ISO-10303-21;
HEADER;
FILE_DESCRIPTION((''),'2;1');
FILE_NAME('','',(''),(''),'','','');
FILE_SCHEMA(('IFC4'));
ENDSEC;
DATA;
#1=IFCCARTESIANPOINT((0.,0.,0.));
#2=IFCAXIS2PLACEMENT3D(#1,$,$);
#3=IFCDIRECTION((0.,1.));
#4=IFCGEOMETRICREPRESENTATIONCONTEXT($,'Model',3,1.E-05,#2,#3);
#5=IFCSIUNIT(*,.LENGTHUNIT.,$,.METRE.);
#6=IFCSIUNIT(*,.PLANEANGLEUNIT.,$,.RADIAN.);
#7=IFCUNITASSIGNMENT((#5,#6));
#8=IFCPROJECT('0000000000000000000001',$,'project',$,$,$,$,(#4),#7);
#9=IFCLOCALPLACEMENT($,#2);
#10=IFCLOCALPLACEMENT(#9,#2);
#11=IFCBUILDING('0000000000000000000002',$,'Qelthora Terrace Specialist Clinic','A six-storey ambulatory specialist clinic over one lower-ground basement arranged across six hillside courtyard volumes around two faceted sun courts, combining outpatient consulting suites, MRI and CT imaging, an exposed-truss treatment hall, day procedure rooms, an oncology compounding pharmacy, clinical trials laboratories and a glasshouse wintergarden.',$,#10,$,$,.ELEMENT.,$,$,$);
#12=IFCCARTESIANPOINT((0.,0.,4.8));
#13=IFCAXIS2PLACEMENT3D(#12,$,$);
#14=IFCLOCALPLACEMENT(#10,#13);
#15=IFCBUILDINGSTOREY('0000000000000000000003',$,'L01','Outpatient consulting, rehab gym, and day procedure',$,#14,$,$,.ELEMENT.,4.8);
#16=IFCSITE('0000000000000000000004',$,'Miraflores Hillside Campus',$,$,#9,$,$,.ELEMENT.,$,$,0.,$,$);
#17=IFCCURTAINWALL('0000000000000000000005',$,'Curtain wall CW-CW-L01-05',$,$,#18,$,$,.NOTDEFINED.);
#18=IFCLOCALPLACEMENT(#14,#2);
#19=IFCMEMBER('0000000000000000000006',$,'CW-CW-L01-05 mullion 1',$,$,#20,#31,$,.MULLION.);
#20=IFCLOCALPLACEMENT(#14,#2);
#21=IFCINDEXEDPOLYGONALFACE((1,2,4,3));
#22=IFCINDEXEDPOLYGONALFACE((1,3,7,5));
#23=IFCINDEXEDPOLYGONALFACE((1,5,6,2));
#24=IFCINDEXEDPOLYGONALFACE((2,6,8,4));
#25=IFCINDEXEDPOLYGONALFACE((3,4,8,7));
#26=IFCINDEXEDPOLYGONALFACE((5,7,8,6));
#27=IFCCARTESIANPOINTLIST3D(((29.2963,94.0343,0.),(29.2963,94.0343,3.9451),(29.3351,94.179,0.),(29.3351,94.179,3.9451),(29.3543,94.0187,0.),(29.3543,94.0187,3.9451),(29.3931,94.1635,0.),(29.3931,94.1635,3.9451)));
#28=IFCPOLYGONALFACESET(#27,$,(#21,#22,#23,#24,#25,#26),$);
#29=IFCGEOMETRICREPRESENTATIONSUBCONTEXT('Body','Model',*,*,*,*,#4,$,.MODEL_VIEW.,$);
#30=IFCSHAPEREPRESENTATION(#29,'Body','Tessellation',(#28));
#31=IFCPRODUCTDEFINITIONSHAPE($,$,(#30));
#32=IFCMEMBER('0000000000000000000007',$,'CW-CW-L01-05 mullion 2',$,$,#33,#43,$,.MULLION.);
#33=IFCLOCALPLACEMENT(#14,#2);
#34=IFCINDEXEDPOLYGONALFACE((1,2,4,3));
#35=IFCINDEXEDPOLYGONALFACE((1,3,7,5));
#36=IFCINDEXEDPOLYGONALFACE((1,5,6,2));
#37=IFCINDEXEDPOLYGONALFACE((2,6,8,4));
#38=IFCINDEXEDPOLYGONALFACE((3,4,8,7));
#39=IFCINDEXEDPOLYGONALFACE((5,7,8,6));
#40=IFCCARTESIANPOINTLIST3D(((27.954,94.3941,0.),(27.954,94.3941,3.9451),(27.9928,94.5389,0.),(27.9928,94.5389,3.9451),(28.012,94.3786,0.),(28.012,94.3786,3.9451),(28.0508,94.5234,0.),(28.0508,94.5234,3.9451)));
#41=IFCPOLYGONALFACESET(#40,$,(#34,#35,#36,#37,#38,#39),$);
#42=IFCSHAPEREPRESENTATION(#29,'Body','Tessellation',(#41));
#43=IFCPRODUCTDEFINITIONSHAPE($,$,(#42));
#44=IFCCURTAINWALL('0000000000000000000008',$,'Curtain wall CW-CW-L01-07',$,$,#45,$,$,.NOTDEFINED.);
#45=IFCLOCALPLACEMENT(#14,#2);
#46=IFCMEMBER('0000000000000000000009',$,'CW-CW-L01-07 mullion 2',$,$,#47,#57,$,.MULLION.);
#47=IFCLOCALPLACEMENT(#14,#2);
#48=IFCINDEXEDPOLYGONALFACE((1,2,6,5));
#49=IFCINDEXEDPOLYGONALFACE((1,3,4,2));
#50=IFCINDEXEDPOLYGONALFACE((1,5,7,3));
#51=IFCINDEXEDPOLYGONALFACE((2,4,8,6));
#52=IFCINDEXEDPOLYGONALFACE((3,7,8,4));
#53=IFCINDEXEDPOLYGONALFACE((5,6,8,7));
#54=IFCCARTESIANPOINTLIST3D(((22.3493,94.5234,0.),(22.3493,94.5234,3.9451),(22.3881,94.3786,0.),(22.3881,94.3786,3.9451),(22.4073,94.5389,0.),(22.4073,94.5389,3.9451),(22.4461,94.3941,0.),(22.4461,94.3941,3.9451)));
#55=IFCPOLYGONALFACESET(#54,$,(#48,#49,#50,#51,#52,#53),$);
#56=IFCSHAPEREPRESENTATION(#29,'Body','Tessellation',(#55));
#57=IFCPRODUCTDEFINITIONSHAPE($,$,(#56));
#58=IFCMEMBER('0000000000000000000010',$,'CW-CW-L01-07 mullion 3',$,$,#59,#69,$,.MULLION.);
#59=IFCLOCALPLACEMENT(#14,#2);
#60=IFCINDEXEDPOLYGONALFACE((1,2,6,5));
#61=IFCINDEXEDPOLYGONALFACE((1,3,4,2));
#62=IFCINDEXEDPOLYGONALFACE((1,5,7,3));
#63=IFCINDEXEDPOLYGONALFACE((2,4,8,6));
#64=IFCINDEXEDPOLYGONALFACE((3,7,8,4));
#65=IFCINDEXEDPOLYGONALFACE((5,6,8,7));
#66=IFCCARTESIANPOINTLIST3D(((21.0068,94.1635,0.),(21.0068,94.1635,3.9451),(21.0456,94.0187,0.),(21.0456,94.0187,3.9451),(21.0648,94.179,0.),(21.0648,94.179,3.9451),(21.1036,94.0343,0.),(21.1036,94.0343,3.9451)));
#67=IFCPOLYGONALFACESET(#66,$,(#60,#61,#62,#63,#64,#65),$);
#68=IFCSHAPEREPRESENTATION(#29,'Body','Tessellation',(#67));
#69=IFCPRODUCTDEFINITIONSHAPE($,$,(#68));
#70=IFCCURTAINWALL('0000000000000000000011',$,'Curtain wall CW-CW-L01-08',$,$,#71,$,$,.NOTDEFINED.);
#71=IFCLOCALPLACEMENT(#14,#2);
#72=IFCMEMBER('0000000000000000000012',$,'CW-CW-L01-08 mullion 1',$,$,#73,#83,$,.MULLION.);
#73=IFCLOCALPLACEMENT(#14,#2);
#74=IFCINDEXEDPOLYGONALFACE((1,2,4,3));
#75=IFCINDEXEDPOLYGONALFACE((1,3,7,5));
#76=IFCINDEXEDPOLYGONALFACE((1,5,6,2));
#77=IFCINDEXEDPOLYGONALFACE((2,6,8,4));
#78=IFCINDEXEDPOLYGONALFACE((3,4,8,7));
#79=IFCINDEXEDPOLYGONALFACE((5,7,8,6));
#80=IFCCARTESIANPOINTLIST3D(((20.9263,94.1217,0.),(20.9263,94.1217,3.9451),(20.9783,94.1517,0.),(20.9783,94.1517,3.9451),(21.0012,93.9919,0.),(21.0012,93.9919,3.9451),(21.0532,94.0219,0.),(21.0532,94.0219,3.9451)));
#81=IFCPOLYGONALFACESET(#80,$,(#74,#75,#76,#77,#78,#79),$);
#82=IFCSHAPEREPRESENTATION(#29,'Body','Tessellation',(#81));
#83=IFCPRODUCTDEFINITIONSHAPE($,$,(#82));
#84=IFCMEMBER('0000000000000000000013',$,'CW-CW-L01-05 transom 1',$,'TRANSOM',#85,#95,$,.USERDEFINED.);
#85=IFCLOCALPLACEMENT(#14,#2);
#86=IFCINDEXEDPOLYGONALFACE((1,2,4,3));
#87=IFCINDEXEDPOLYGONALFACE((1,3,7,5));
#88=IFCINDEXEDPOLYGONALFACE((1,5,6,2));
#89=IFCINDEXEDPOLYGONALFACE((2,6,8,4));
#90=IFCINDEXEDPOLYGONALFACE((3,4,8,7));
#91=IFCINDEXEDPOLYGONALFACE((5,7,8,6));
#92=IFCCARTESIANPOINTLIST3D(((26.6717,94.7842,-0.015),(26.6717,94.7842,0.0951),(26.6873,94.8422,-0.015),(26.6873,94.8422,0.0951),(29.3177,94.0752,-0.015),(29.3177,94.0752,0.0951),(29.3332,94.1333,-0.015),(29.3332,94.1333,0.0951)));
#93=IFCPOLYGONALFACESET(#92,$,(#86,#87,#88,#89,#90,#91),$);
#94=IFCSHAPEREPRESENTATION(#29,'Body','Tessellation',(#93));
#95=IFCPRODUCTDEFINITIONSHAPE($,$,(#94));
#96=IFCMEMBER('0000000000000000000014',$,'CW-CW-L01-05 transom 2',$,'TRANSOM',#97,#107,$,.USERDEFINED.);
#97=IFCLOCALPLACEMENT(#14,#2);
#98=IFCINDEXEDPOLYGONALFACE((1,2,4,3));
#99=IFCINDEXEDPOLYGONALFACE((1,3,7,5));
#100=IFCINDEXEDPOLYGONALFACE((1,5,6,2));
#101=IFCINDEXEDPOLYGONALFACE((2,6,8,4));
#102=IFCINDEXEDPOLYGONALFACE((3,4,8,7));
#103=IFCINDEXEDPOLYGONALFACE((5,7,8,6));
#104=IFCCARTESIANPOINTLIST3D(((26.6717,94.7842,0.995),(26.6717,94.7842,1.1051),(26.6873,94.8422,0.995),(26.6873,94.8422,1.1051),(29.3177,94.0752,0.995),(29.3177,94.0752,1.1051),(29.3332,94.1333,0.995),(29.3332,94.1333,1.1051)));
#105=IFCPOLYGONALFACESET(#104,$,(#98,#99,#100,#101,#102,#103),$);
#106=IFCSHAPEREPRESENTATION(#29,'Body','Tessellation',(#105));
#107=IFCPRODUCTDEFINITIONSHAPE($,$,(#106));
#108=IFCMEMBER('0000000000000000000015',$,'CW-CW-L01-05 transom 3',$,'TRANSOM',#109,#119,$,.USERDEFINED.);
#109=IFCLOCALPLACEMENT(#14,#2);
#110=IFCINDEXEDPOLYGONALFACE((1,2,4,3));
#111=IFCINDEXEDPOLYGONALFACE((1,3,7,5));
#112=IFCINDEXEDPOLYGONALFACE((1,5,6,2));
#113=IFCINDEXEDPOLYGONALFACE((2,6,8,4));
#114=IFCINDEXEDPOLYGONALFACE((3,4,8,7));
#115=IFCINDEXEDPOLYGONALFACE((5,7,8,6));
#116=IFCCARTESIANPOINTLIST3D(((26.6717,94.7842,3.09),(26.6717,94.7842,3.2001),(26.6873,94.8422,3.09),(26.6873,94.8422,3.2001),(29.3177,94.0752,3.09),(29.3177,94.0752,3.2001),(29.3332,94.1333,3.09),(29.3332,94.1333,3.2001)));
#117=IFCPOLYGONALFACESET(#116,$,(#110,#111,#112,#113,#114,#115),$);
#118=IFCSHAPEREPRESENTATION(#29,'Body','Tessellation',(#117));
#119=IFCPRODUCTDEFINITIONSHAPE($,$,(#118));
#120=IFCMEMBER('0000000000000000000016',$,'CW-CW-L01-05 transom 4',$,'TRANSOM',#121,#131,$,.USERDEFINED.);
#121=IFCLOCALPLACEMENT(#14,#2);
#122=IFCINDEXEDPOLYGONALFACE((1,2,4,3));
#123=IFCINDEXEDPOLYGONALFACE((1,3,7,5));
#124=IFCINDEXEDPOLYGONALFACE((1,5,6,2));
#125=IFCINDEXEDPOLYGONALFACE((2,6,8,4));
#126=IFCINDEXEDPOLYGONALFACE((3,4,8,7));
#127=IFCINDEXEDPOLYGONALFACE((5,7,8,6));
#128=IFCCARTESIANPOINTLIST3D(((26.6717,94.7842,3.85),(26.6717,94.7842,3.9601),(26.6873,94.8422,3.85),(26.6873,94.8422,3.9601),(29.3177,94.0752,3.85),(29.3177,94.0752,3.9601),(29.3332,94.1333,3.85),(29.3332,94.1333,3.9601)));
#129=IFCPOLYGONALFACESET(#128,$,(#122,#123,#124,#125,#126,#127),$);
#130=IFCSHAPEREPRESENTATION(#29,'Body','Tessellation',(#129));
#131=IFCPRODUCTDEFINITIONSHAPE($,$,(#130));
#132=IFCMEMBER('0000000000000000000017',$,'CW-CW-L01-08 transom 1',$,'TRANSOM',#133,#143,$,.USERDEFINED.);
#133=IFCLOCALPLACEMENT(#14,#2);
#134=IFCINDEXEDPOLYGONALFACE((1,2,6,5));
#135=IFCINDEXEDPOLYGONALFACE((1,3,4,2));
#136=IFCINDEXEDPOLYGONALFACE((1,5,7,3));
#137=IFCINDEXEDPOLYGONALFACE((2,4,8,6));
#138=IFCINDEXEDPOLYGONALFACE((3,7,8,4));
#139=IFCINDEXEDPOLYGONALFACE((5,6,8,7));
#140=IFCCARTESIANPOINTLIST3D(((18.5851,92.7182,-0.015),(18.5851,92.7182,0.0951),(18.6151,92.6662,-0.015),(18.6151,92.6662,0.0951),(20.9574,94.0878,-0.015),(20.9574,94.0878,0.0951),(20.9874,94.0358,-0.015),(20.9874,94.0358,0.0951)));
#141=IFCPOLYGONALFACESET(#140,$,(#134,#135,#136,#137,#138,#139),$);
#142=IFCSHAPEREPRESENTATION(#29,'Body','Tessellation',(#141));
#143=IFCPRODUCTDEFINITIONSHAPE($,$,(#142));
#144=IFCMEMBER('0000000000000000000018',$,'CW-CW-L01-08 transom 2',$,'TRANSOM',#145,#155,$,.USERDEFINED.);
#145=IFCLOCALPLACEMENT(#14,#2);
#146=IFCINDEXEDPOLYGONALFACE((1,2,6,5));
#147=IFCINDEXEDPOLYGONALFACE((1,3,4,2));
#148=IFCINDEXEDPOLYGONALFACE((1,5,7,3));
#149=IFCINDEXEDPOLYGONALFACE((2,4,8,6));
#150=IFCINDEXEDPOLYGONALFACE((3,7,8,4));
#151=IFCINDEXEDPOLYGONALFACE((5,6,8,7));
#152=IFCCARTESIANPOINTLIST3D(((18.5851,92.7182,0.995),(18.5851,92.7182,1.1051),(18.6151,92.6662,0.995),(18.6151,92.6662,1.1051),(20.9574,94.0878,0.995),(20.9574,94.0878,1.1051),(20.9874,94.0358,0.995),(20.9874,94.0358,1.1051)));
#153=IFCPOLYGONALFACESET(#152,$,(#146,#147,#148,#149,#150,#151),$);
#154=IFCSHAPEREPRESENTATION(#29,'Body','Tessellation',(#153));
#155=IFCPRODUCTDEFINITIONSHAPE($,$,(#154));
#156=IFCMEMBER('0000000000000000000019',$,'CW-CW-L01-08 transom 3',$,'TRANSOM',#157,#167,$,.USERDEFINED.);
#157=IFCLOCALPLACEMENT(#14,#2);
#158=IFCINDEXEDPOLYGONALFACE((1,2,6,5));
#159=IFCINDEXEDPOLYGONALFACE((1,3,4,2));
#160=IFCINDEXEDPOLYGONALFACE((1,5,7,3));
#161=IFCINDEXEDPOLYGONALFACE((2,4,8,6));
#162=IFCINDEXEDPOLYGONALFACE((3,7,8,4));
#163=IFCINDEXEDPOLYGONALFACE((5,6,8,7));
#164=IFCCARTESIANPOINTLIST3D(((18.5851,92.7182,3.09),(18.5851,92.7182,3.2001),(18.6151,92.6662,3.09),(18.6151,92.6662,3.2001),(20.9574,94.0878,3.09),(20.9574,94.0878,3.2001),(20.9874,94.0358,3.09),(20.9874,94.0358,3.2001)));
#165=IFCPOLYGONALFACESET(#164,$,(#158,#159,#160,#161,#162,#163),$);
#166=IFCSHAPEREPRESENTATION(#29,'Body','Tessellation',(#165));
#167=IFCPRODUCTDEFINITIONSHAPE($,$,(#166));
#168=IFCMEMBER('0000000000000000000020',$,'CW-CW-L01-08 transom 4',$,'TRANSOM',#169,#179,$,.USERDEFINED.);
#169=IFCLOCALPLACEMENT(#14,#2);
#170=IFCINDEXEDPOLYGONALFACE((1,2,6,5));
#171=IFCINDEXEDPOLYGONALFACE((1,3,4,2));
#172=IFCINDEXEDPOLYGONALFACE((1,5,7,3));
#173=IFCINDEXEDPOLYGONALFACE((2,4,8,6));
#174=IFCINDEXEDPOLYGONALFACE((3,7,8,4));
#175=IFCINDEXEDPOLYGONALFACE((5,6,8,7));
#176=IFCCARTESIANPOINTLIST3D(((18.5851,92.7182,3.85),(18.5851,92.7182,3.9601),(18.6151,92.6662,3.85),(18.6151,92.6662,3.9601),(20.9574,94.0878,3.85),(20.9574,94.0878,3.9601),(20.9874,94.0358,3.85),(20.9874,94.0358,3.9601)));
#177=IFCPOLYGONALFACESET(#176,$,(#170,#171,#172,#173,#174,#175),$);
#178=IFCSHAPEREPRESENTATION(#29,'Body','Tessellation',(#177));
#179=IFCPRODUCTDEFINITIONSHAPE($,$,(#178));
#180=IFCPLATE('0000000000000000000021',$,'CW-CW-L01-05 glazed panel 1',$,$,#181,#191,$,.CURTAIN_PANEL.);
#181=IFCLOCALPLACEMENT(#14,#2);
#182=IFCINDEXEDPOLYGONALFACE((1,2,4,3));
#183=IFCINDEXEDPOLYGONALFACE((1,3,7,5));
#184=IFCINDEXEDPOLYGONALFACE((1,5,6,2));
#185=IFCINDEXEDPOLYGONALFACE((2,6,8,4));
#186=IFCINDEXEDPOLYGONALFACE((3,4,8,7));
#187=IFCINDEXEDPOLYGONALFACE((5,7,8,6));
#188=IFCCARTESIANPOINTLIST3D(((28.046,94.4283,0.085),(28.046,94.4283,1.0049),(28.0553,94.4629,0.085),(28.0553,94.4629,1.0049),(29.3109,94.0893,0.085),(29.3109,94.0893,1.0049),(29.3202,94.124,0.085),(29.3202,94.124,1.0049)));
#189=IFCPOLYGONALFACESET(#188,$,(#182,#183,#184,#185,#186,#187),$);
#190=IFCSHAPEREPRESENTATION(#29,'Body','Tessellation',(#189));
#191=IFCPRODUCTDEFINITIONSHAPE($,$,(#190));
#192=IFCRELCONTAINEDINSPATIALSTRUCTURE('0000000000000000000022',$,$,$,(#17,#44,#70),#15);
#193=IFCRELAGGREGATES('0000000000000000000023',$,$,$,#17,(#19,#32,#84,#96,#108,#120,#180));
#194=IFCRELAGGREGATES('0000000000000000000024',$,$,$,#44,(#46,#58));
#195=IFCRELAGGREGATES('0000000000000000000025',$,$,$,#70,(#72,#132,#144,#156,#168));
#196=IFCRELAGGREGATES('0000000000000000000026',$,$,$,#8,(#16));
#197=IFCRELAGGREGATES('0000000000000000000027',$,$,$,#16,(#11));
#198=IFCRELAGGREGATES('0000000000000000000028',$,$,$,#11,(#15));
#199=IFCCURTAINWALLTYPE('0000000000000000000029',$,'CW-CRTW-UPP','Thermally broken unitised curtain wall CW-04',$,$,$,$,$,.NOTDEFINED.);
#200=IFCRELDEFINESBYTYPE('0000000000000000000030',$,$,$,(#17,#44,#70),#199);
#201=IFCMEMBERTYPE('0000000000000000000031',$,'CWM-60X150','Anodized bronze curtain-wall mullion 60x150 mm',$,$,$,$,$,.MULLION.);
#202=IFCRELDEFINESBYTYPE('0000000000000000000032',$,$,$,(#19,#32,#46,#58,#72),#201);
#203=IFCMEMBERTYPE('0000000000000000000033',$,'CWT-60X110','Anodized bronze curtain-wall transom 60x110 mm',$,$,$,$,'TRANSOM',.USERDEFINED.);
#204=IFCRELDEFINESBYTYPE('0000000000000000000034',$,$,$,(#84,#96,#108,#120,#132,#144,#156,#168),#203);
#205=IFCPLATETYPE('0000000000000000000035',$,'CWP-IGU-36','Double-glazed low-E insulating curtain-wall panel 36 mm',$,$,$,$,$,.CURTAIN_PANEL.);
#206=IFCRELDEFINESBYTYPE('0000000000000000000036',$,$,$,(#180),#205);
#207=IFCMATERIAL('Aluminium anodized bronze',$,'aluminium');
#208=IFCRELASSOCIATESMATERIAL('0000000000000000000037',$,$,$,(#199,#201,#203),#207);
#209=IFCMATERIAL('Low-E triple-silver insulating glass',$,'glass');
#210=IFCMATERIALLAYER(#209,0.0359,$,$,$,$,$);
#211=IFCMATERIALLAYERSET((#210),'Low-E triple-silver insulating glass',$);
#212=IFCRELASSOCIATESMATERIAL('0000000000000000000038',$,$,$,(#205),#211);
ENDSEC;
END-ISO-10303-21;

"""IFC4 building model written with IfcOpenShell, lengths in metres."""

from ifc_helpers import new_model, si_unit, direction, frame, origin, origin_2d, place, context, subcontext, project, spatial, rectangle, extrude, material, layer, layer_set, material_profile, profile_set, type_object, element, aggregate, save


model = new_model("IFC4")

# Units and contexts
model_context = context("Model", 3, precision=1e-05, world=origin(), true_north=direction((0.0, 1.0)))
body_context = subcontext(model_context, "Body", "Model", "MODEL_VIEW")
ifc_project = project(units=[si_unit("LENGTHUNIT", "METRE"), si_unit("PLANEANGLEUNIT", "RADIAN")], contexts=[model_context])

# Site, building, storey
site_placement = place(None, origin())
site = spatial("IfcSite", under=ifc_project, at=site_placement, Name="Miraflores Hillside Campus", CompositionType="ELEMENT", RefElevation=0.0)
building_placement = place(site_placement, origin())
building = spatial("IfcBuilding", under=site, at=building_placement, Name="Qelthora Terrace Specialist Clinic", Description="A six-storey ambulatory specialist clinic over one lower-ground basement arranged across six hillside courtyard volumes around two faceted sun courts, combining outpatient consulting suites, MRI and CT imaging, an exposed-truss treatment hall, day procedure rooms, an oncology compounding pharmacy, clinical trials laboratories and a glasshouse wintergarden.", CompositionType="ELEMENT")
storey_placement = place(building_placement, frame((0.0, 0.0, 4.8)))
storey = spatial("IfcBuildingStorey", under=building, at=storey_placement, Name="L01", Description="Outpatient consulting, rehab gym, and day procedure", CompositionType="ELEMENT", Elevation=4.8)

# Curtain walls, members
ifc_material_1 = material(Name="Aluminium anodized bronze", Category="aluminium")
curtain_wall_type = type_object("IfcCurtainWallType", Name="CW-CRTW-UPP", Description="Thermally broken unitised curtain wall CW-04", PredefinedType="NOTDEFINED", material=ifc_material_1)
curtain_wall_1_placement = place(storey_placement, origin())
curtain_wall_1 = element("IfcCurtainWall", 1, at=curtain_wall_1_placement, inside=storey, type_object=curtain_wall_type, Name="Curtain wall CW-CW-L01-05", PredefinedType="NOTDEFINED")
ifc_material_profile_1 = material_profile(ifc_material_1, rectangle(XDim=0.0601, YDim=0.1499, at=origin_2d()), Name="CWM60X150")
ifc_profile_set_1 = profile_set([ifc_material_profile_1], Name="Aluminium anodized bronze")
member_type_1 = type_object("IfcMemberType", Name="CWM-60X150", Description="Anodized bronze curtain-wall mullion 60x150 mm", PredefinedType="MULLION", material=ifc_profile_set_1)
member_1_placement = place(storey_placement, frame((29.3447, 94.0989, 0.0), z_axis=(0.0, 0.0, 1.0), x_axis=(-0.965925, 0.25882, 0.0)))
member_1 = element("IfcMember", 2, at=member_1_placement, type_object=member_type_1, Name="CW-CW-L01-05 mullion 1", PredefinedType="MULLION", context=body_context, shape_type="SweptSolid", body=[
    extrude(rectangle(XDim=0.0601, YDim=0.1499, at=origin_2d()), origin(), (0.0, 0.0, 1.0), 3.9451),
])
member_2_placement = place(storey_placement, frame((28.0024, 94.4587, 0.0), z_axis=(0.0, 0.0, 1.0), x_axis=(-0.965925, 0.25882, 0.0)))
member_2 = element("IfcMember", 3, at=member_2_placement, type_object=member_type_1, Name="CW-CW-L01-05 mullion 2", PredefinedType="MULLION", context=body_context, shape_type="SweptSolid", body=[
    extrude(rectangle(XDim=0.0601, YDim=0.1499, at=origin_2d()), origin(), (0.0, 0.0, 1.0), 3.9451),
])
curtain_wall_2_placement = place(storey_placement, origin())
curtain_wall_2 = element("IfcCurtainWall", 4, at=curtain_wall_2_placement, inside=storey, type_object=curtain_wall_type, Name="Curtain wall CW-CW-L01-07", PredefinedType="NOTDEFINED")
member_3_placement = place(storey_placement, frame((22.3977, 94.4587, 0.0), z_axis=(0.0, 0.0, 1.0), x_axis=(-0.965925, -0.25882, 0.0)))
member_3 = element("IfcMember", 5, at=member_3_placement, type_object=member_type_1, Name="CW-CW-L01-07 mullion 2", PredefinedType="MULLION", context=body_context, shape_type="SweptSolid", body=[
    extrude(rectangle(XDim=0.0601, YDim=0.1499, at=origin_2d()), origin(), (0.0, 0.0, 1.0), 3.9451),
])
member_4_placement = place(storey_placement, frame((21.0552, 94.0989, 0.0), z_axis=(0.0, 0.0, 1.0), x_axis=(-0.965925, -0.25882, 0.0)))
member_4 = element("IfcMember", 6, at=member_4_placement, type_object=member_type_1, Name="CW-CW-L01-07 mullion 3", PredefinedType="MULLION", context=body_context, shape_type="SweptSolid", body=[
    extrude(rectangle(XDim=0.0601, YDim=0.1499, at=origin_2d()), origin(), (0.0, 0.0, 1.0), 3.9451),
])

# Curtain wall, member
curtain_wall_3_placement = place(storey_placement, origin())
curtain_wall_3 = element("IfcCurtainWall", 7, at=curtain_wall_3_placement, inside=storey, type_object=curtain_wall_type, Name="Curtain wall CW-CW-L01-08", PredefinedType="NOTDEFINED")
member_5_placement = place(storey_placement, frame((20.9897, 94.0718, 0.0), z_axis=(0.0, 0.0, 1.0), x_axis=(-0.866026, -0.5, 0.0)))
member_5 = element("IfcMember", 8, at=member_5_placement, type_object=member_type_1, Name="CW-CW-L01-08 mullion 1", PredefinedType="MULLION", context=body_context, shape_type="SweptSolid", body=[
    extrude(rectangle(XDim=0.0601, YDim=0.1499, at=origin_2d()), origin(), (0.0, 0.0, 1.0), 3.9451),
])

# Members
ifc_material_profile_2 = material_profile(ifc_material_1, rectangle(XDim=0.0601, YDim=0.1101, at=origin_2d()), Name="CWT60X110")
ifc_profile_set_2 = profile_set([ifc_material_profile_2], Name="Aluminium anodized bronze")
member_type_2 = type_object("IfcMemberType", Name="CWT-60X110", Description="Anodized bronze curtain-wall transom 60x110 mm", ElementType="TRANSOM", PredefinedType="USERDEFINED", material=ifc_profile_set_2)
member_6_placement = place(storey_placement, frame((29.3254, 94.1042, 0.04), z_axis=(-0.965927, 0.258816, 0.0), x_axis=(-0.258816, -0.965927, 0.0)))
member_6 = element("IfcMember", 9, at=member_6_placement, type_object=member_type_2, Name="CW-CW-L01-05 transom 1", ObjectType="TRANSOM", PredefinedType="USERDEFINED", context=body_context, shape_type="SweptSolid", body=[
    extrude(rectangle(XDim=0.0601, YDim=0.1101, at=origin_2d()), origin(), (0.0, 0.0, 1.0), 2.7393),
])
member_7_placement = place(storey_placement, frame((29.3254, 94.1042, 1.05), z_axis=(-0.965927, 0.258816, 0.0), x_axis=(-0.258816, -0.965927, 0.0)))
member_7 = element("IfcMember", 10, at=member_7_placement, type_object=member_type_2, Name="CW-CW-L01-05 transom 2", ObjectType="TRANSOM", PredefinedType="USERDEFINED", context=body_context, shape_type="SweptSolid", body=[
    extrude(rectangle(XDim=0.0601, YDim=0.1101, at=origin_2d()), origin(), (0.0, 0.0, 1.0), 2.7393),
])
member_8_placement = place(storey_placement, frame((29.3254, 94.1042, 3.145), z_axis=(-0.965927, 0.258816, 0.0), x_axis=(-0.258816, -0.965927, 0.0)))
member_8 = element("IfcMember", 11, at=member_8_placement, type_object=member_type_2, Name="CW-CW-L01-05 transom 3", ObjectType="TRANSOM", PredefinedType="USERDEFINED", context=body_context, shape_type="SweptSolid", body=[
    extrude(rectangle(XDim=0.0601, YDim=0.1101, at=origin_2d()), origin(), (0.0, 0.0, 1.0), 2.7393),
])
member_9_placement = place(storey_placement, frame((29.3254, 94.1042, 3.905), z_axis=(-0.965927, 0.258816, 0.0), x_axis=(-0.258816, -0.965927, 0.0)))
member_9 = element("IfcMember", 12, at=member_9_placement, type_object=member_type_2, Name="CW-CW-L01-05 transom 4", ObjectType="TRANSOM", PredefinedType="USERDEFINED", context=body_context, shape_type="SweptSolid", body=[
    extrude(rectangle(XDim=0.0601, YDim=0.1101, at=origin_2d()), origin(), (0.0, 0.0, 1.0), 2.7393),
])
member_10_placement = place(storey_placement, frame((20.9724, 94.0618, 0.04), z_axis=(-0.86603, -0.499992, 0.0), x_axis=(0.499992, -0.86603, 0.0)))
member_10 = element("IfcMember", 13, at=member_10_placement, type_object=member_type_2, Name="CW-CW-L01-08 transom 1", ObjectType="TRANSOM", PredefinedType="USERDEFINED", context=body_context, shape_type="SweptSolid", body=[
    extrude(rectangle(XDim=0.0601, YDim=0.1101, at=origin_2d()), origin(), (0.0, 0.0, 1.0), 2.7393),
])
member_11_placement = place(storey_placement, frame((20.9724, 94.0618, 1.05), z_axis=(-0.86603, -0.499992, 0.0), x_axis=(0.499992, -0.86603, 0.0)))
member_11 = element("IfcMember", 14, at=member_11_placement, type_object=member_type_2, Name="CW-CW-L01-08 transom 2", ObjectType="TRANSOM", PredefinedType="USERDEFINED", context=body_context, shape_type="SweptSolid", body=[
    extrude(rectangle(XDim=0.0601, YDim=0.1101, at=origin_2d()), origin(), (0.0, 0.0, 1.0), 2.7393),
])
member_12_placement = place(storey_placement, frame((20.9724, 94.0618, 3.145), z_axis=(-0.86603, -0.499992, 0.0), x_axis=(0.499992, -0.86603, 0.0)))
member_12 = element("IfcMember", 15, at=member_12_placement, type_object=member_type_2, Name="CW-CW-L01-08 transom 3", ObjectType="TRANSOM", PredefinedType="USERDEFINED", context=body_context, shape_type="SweptSolid", body=[
    extrude(rectangle(XDim=0.0601, YDim=0.1101, at=origin_2d()), origin(), (0.0, 0.0, 1.0), 2.7393),
])
member_13_placement = place(storey_placement, frame((20.9724, 94.0618, 3.905), z_axis=(-0.86603, -0.499992, 0.0), x_axis=(0.499992, -0.86603, 0.0)))
member_13 = element("IfcMember", 16, at=member_13_placement, type_object=member_type_2, Name="CW-CW-L01-08 transom 4", ObjectType="TRANSOM", PredefinedType="USERDEFINED", context=body_context, shape_type="SweptSolid", body=[
    extrude(rectangle(XDim=0.0601, YDim=0.1101, at=origin_2d()), origin(), (0.0, 0.0, 1.0), 2.7393),
])

# Plate
ifc_material_2 = material(Name="Low-E triple-silver insulating glass", Category="glass")
ifc_layer = layer(ifc_material_2, 0.0359)
ifc_layer_set = layer_set([ifc_layer], Name="Low-E triple-silver insulating glass")
plate_type = type_object("IfcPlateType", Name="CWP-IGU-36", Description="Double-glazed low-E insulating curtain-wall panel 36 mm", PredefinedType="CURTAIN_PANEL", material=ifc_layer_set)
plate_1_placement = place(storey_placement, frame((28.6831, 94.2761, 0.085), z_axis=(0.0, 0.0, 1.0), x_axis=(-0.965925, 0.258821, 0.0)))
plate_1 = element("IfcPlate", 17, at=plate_1_placement, type_object=plate_type, Name="CW-CW-L01-05 glazed panel 1", PredefinedType="CURTAIN_PANEL", context=body_context, shape_type="SweptSolid", body=[
    extrude(rectangle(XDim=1.3096, YDim=0.0359, at=origin_2d()), origin(), (0.0, 0.0, 1.0), 0.9199),
])
aggregate(curtain_wall_1, [member_1, member_2, member_6, member_7, member_8, member_9, plate_1])
aggregate(curtain_wall_2, [member_3, member_4])
aggregate(curtain_wall_3, [member_5, member_10, member_11, member_12, member_13])

save(model, "model.ifc")
